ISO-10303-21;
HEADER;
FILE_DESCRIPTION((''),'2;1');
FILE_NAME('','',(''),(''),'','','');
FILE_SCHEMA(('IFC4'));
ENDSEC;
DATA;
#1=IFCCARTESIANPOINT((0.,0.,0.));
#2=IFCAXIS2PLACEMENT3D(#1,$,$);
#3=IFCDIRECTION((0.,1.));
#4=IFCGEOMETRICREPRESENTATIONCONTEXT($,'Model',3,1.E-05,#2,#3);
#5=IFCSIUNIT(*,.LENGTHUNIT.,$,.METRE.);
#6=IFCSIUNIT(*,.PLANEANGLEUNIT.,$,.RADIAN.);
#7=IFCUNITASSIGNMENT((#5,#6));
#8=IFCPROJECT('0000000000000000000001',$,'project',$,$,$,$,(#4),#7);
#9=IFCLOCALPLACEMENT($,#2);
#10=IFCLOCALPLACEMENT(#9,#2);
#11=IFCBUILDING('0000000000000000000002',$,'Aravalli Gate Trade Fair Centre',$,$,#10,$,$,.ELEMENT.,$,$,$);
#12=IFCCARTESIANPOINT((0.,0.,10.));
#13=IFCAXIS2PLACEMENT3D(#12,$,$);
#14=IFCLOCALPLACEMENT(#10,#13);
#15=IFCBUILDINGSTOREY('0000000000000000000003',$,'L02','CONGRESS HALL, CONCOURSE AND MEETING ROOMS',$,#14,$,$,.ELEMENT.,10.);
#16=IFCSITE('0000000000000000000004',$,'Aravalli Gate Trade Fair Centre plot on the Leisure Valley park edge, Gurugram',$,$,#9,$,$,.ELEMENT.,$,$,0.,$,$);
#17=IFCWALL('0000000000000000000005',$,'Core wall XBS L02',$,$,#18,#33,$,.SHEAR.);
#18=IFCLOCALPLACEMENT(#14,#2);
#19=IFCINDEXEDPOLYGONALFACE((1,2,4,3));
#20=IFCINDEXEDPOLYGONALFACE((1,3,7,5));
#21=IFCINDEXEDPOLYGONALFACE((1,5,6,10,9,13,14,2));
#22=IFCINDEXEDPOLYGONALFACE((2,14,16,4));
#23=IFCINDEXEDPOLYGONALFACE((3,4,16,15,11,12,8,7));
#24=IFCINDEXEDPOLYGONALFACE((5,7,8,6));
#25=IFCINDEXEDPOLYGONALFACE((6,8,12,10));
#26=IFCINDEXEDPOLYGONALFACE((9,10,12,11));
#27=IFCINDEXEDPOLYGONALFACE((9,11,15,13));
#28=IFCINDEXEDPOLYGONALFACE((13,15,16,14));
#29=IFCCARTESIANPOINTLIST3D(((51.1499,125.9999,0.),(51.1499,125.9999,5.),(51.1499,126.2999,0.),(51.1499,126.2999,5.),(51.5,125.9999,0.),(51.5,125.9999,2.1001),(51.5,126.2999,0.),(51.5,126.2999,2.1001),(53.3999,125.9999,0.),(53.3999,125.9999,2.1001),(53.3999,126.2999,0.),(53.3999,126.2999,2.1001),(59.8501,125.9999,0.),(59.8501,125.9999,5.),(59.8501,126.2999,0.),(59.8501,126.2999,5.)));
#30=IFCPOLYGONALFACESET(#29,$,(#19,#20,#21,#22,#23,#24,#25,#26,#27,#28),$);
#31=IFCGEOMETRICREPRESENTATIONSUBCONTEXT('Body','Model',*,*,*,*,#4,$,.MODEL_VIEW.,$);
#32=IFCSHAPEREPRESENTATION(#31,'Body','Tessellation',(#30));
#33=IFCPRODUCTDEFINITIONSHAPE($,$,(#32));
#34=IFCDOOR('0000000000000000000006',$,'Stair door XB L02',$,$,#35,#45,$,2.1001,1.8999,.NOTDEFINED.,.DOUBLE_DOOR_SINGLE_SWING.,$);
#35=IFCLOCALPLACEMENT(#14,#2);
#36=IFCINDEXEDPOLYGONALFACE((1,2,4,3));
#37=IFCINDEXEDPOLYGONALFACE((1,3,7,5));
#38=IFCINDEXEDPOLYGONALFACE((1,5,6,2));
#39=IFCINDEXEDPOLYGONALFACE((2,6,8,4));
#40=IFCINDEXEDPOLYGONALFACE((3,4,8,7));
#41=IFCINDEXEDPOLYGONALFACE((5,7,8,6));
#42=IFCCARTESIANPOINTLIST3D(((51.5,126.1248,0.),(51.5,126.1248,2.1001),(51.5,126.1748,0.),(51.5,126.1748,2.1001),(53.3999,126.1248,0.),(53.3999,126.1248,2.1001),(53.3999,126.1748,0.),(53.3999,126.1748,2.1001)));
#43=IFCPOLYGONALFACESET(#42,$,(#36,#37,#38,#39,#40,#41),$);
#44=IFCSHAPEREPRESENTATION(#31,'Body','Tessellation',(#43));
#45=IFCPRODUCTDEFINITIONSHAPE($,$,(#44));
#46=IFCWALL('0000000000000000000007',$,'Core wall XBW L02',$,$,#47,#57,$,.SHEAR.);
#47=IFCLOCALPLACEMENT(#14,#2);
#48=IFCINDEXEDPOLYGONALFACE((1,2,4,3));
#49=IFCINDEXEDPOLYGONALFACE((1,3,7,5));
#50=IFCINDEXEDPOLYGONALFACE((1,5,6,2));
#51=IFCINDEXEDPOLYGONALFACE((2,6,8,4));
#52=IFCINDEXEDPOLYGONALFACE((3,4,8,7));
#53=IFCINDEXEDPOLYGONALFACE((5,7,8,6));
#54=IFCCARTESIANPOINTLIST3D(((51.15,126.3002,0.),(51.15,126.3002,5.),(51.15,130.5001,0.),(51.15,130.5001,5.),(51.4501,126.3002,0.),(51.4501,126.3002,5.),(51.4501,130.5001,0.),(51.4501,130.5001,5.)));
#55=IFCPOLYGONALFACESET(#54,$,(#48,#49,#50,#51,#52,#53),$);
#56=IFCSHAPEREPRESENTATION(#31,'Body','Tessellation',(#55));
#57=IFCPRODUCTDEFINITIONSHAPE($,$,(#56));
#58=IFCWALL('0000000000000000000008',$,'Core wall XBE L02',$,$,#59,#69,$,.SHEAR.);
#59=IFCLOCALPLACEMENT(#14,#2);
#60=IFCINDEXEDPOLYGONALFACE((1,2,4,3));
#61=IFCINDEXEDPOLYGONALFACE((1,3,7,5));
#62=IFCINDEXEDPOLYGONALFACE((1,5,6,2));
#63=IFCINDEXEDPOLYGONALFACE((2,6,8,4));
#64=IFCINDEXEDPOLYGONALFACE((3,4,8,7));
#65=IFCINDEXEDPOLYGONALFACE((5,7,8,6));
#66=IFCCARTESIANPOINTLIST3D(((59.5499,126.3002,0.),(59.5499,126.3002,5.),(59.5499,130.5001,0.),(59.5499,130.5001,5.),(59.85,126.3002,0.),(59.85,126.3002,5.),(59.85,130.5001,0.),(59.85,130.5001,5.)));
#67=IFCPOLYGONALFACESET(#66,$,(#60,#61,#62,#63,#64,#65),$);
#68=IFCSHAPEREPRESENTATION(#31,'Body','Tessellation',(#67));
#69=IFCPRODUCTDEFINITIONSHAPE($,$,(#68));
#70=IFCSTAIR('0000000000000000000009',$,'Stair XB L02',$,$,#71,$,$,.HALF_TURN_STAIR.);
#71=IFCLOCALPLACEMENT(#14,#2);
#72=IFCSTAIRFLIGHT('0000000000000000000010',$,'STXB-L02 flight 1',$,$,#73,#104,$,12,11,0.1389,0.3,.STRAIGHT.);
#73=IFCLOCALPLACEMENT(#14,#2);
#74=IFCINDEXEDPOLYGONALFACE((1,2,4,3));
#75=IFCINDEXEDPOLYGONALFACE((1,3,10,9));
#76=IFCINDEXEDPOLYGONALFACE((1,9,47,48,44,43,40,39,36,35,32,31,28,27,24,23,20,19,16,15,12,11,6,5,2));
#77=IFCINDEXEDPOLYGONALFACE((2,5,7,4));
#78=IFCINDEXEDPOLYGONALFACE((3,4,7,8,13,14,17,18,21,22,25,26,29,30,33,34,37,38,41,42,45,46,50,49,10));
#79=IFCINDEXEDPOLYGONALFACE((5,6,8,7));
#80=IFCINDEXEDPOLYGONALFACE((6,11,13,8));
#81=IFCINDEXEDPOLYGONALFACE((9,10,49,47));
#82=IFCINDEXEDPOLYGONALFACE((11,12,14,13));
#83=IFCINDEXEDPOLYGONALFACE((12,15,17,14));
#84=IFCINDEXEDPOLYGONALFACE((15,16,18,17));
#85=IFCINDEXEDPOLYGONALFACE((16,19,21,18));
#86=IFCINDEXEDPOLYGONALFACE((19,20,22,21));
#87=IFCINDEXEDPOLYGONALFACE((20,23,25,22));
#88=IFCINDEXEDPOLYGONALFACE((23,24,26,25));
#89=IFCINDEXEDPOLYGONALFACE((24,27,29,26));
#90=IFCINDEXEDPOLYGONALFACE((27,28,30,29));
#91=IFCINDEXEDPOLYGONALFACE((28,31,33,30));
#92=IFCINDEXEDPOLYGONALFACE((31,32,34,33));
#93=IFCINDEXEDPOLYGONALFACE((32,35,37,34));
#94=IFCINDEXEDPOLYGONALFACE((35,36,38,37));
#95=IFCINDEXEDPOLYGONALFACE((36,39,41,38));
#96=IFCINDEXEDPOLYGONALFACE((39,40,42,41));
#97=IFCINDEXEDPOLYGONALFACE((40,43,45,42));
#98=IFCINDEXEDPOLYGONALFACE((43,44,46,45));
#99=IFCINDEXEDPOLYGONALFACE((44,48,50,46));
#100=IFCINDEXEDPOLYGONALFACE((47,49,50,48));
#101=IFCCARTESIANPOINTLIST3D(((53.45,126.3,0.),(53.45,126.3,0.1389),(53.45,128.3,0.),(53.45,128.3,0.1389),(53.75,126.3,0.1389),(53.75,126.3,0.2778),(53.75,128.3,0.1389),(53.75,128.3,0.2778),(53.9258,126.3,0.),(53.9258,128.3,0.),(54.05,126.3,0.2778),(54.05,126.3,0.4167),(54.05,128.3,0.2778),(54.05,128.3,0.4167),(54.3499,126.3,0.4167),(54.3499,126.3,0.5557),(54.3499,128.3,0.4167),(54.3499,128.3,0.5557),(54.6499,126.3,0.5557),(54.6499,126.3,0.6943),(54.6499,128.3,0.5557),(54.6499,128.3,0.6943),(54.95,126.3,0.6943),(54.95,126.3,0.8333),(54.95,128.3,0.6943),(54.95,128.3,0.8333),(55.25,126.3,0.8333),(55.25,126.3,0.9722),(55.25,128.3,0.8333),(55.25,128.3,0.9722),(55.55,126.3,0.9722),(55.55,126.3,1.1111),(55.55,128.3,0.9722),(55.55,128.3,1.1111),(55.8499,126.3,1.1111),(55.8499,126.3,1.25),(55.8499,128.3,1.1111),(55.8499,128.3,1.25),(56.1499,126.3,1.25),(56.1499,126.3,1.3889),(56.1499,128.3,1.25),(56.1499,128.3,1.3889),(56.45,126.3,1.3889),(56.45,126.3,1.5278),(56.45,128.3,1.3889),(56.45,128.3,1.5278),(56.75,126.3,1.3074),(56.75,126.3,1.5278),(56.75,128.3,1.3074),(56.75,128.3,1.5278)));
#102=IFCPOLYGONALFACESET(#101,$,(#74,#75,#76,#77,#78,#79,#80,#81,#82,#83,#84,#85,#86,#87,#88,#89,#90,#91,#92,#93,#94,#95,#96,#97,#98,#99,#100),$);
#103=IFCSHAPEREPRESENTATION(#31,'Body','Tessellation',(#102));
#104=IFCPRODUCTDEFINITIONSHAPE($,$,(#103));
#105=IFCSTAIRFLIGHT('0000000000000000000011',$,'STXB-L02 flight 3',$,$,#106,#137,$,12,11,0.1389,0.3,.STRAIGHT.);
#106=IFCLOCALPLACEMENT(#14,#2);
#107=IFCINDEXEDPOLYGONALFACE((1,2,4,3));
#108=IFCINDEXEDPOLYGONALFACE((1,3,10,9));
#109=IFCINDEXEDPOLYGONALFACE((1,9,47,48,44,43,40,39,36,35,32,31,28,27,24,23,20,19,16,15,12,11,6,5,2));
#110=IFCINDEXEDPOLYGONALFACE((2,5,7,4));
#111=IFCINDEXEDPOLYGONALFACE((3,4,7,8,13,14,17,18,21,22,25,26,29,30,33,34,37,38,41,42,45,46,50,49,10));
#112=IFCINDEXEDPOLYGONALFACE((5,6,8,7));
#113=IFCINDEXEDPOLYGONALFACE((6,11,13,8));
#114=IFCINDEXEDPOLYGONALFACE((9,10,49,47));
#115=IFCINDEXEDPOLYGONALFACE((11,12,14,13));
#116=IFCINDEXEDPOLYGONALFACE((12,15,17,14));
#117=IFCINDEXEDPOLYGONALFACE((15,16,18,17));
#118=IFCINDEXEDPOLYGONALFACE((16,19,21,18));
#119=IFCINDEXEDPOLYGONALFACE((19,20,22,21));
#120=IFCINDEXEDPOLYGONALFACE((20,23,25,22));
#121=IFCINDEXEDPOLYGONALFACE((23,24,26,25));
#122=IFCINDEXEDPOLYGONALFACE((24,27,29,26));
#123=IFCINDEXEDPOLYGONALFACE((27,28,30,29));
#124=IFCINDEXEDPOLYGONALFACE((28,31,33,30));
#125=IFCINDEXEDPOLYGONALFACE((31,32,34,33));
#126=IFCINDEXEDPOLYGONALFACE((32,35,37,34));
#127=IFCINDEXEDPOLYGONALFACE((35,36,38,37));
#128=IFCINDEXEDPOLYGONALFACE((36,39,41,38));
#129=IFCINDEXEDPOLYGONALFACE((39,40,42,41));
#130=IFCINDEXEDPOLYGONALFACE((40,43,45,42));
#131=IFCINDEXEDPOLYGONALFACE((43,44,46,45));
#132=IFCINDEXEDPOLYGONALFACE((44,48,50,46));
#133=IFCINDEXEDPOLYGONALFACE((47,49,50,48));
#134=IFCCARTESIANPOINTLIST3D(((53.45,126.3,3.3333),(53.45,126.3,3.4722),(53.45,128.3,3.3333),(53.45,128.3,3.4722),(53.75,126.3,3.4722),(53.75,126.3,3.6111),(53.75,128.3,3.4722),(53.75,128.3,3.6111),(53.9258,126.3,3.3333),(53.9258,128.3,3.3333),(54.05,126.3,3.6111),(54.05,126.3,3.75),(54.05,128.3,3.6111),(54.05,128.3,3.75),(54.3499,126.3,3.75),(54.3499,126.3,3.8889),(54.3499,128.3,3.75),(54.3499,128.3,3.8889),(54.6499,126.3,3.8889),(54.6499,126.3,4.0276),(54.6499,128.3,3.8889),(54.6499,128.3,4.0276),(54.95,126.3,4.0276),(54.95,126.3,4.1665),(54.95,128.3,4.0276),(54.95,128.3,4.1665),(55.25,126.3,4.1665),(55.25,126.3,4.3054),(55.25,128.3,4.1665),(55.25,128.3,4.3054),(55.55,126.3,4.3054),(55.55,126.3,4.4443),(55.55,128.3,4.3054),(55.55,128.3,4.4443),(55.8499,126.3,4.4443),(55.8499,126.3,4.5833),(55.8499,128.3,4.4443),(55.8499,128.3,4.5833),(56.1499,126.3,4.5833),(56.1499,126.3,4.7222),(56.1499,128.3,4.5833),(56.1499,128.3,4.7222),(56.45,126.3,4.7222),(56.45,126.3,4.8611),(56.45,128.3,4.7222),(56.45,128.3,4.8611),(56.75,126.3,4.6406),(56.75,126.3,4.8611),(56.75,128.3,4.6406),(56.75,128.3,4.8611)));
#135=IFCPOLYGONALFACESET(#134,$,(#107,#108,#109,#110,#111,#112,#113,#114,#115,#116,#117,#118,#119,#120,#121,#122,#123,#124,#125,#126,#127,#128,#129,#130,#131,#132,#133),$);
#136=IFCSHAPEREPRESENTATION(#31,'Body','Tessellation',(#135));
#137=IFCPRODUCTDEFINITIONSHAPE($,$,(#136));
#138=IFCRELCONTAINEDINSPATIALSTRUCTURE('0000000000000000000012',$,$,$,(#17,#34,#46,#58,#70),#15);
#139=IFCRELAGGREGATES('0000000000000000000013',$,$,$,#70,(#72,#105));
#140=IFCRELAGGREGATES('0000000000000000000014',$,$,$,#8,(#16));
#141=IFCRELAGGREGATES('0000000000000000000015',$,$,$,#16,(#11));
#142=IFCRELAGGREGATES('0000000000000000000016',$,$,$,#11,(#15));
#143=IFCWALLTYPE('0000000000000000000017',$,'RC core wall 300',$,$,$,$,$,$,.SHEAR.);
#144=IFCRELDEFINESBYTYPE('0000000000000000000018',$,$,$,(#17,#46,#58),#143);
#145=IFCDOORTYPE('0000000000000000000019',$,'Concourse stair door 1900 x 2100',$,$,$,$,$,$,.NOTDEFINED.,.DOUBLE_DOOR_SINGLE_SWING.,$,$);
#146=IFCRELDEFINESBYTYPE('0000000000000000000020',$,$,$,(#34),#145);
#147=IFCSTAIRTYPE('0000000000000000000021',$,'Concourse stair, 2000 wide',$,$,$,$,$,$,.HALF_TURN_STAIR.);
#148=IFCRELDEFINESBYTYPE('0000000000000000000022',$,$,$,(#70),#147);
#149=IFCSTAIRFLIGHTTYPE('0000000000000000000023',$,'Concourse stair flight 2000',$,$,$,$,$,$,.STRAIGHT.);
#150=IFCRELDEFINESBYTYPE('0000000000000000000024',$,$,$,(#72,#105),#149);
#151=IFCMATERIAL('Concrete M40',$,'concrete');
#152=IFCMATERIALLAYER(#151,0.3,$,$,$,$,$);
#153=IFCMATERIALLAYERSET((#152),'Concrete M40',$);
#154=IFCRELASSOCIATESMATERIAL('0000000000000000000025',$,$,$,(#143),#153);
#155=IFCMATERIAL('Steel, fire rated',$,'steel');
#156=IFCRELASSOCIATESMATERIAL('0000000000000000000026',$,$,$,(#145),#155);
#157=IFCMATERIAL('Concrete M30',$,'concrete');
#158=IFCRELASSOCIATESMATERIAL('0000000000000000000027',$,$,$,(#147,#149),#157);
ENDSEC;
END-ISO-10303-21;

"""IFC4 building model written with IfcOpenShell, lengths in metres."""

from ifc_helpers import new_model, si_unit, direction, frame, frame_2d, origin, place, context, subcontext, project, spatial, polyline, rectangle, outline, extrude, material, layer, layer_set, type_object, element, fill, aggregate, save


model = new_model("IFC4")

# Units and contexts
model_context = context("Model", 3, precision=1e-05, world=origin(), true_north=direction((0.0, 1.0)))
body_context = subcontext(model_context, "Body", "Model", "MODEL_VIEW")
ifc_project = project(units=[si_unit("LENGTHUNIT", "METRE"), si_unit("PLANEANGLEUNIT", "RADIAN")], contexts=[model_context])

# Site, building, storey
site_placement = place(None, origin())
site = spatial("IfcSite", under=ifc_project, at=site_placement, Name="Aravalli Gate Trade Fair Centre plot on the Leisure Valley park edge, Gurugram", CompositionType="ELEMENT", RefElevation=0.0)
building_placement = place(site_placement, origin())
building = spatial("IfcBuilding", under=site, at=building_placement, Name="Aravalli Gate Trade Fair Centre", CompositionType="ELEMENT")
storey_placement = place(building_placement, frame((0.0, 0.0, 10.0)))
storey = spatial("IfcBuildingStorey", under=building, at=storey_placement, Name="L02", Description="CONGRESS HALL, CONCOURSE AND MEETING ROOMS", CompositionType="ELEMENT", Elevation=10.0)

# Shared definitions
ifc_material_1 = material(Name="Steel, fire rated", Category="steel")

# Wall, opening, door
ifc_material_2 = material(Name="Concrete M40", Category="concrete")
ifc_layer_1 = layer(ifc_material_2, 0.3)
ifc_layer_set_1 = layer_set([ifc_layer_1], Name="Concrete M40")
wall_type_1 = type_object("IfcWallType", Name="RC core wall 300", PredefinedType="SHEAR", material=ifc_layer_set_1)
wall_1_placement = place(storey_placement, frame((51.1499, 126.1499, 0.0), z_axis=(0.0, 0.0, 1.0), x_axis=(1.0, 0.0, 0.0)))
wall_1 = element("IfcWall", 1, at=wall_1_placement, inside=storey, type_object=wall_type_1, Name="Core wall XBS L02", PredefinedType="SHEAR", context=body_context, shape_type="SweptSolid", body=[
    extrude(rectangle(XDim=8.7002, YDim=0.3, at=frame_2d((4.3501, 0.0))), origin(), (0.0, 0.0, 1.0), 5.0),
])
opening_1_placement = place(wall_1_placement, frame((0.3501, 0.0, 0.0)))
opening_1 = element("IfcOpeningElement", 2, at=opening_1_placement, cuts=wall_1, PredefinedType="OPENING", context=body_context, shape_type="SweptSolid", body=[
    extrude(rectangle(XDim=1.8999, YDim=2.1001, at=frame_2d((0.95, 1.05))), frame((0.0, 0.1599, 0.0), z_axis=(0.0, -1.0, 0.0), x_axis=(1.0, 0.0, 0.0)), (0.0, 0.0, 1.0), 0.3201),
])
door_type_1 = type_object("IfcDoorType", Name="Concourse stair door 1900 x 2100", OperationType="DOUBLE_DOOR_SINGLE_SWING", PredefinedType="NOTDEFINED", material=ifc_material_1)
door_1_placement = place(opening_1_placement, origin())
door_1 = element("IfcDoor", 3, at=door_1_placement, inside=storey, type_object=door_type_1, Name="Stair door XB L02", OperationType="DOUBLE_DOOR_SINGLE_SWING", OverallHeight=2.1001, OverallWidth=1.8999, PredefinedType="NOTDEFINED", context=body_context, shape_type="SweptSolid", body=[
    extrude(rectangle(XDim=1.8999, YDim=2.1001, at=frame_2d((0.95, 1.05))), frame((0.0, 0.0249, 0.0), z_axis=(0.0, -1.0, 0.0), x_axis=(1.0, 0.0, 0.0)), (0.0, 0.0, 1.0), 0.05),
])
fill(opening_1, door_1)

# Walls
for number, where, z_axis, x_axis, name in (
    (4, (51.3, 126.3, 0.0), (0.0, 0.0, 1.0), (0.0, 1.0, 0.0), "Core wall XBW L02"),
    (5, (59.7, 126.3, 0.0), (0.0, 0.0, 1.0), (0.0, 1.0, 0.0), "Core wall XBE L02"),
):
    element("IfcWall", number, at=place(storey_placement, frame(where, z_axis=z_axis, x_axis=x_axis)), inside=storey, type_object=wall_type_1, Name=name, PredefinedType="SHEAR", context=body_context, shape_type="SweptSolid", body=[
        extrude(rectangle(XDim=4.2, YDim=0.3, at=frame_2d((2.1001, 0.0))), origin(), (0.0, 0.0, 1.0), 5.0),
    ])

# Stair, stair flights
ifc_material_3 = material(Name="Concrete M30", Category="concrete")
stair_type = type_object("IfcStairType", Name="Concourse stair, 2000 wide", PredefinedType="HALF_TURN_STAIR", material=ifc_material_3)
stair_placement = place(storey_placement, origin())
stair = element("IfcStair", 6, at=stair_placement, inside=storey, type_object=stair_type, Name="Stair XB L02", PredefinedType="HALF_TURN_STAIR")
stair_flight_type = type_object("IfcStairFlightType", Name="Concourse stair flight 2000", PredefinedType="STRAIGHT", material=ifc_material_3)
stair_flight_1_placement = place(storey_placement, frame((53.45, 127.3, 0.0), z_axis=(0.0, 0.0, 1.0), x_axis=(1.0, 0.0, 0.0)))
stair_flight_1 = element("IfcStairFlight", 7, at=stair_flight_1_placement, type_object=stair_flight_type, Name="STXB-L02 flight 1", NumberOfRisers=12, NumberOfTreads=11, PredefinedType="STRAIGHT", RiserHeight=0.1389, TreadLength=0.3, context=body_context, shape_type="SweptSolid", body=[
    extrude(outline(polyline([(0.0, 0.0), (0.0, 0.1389), (0.3, 0.1389), (0.3, 0.2778), (0.6001, 0.2778), (0.6001, 0.4167), (0.8999, 0.4167), (0.8999, 0.5557), (1.2, 0.5557), (1.2, 0.6943), (1.5, 0.6943), (1.5, 0.8333), (1.8, 0.8333), (1.8, 0.9722), (2.1001, 0.9722), (2.1001, 1.1111), (2.3999, 1.1111), (2.3999, 1.25), (2.7, 1.25), (2.7, 1.3889), (3.0, 1.3889), (3.0, 1.5278), (3.3, 1.5278), (3.3, 1.6667), (3.3, 1.3074), (0.4758, 0.0), (0.0, 0.0)])), frame((0.0, 1.0, 0.0), z_axis=(0.0, -1.0, 0.0), x_axis=(1.0, 0.0, 0.0)), (0.0, 0.0, 1.0), 2.0),
])
stair_flight_2_placement = place(storey_placement, frame((53.45, 127.3, 3.3333), z_axis=(0.0, 0.0, 1.0), x_axis=(1.0, 0.0, 0.0)))
stair_flight_2 = element("IfcStairFlight", 8, at=stair_flight_2_placement, type_object=stair_flight_type, Name="STXB-L02 flight 3", NumberOfRisers=12, NumberOfTreads=11, PredefinedType="STRAIGHT", RiserHeight=0.1389, TreadLength=0.3, context=body_context, shape_type="SweptSolid", body=[
    extrude(outline(polyline([(0.0, 0.0), (0.0, 0.1389), (0.3, 0.1389), (0.3, 0.2778), (0.6001, 0.2778), (0.6001, 0.4167), (0.8999, 0.4167), (0.8999, 0.5557), (1.2, 0.5557), (1.2, 0.6943), (1.5, 0.6943), (1.5, 0.8333), (1.8, 0.8333), (1.8, 0.9722), (2.1001, 0.9722), (2.1001, 1.1111), (2.3999, 1.1111), (2.3999, 1.25), (2.7, 1.25), (2.7, 1.3889), (3.0, 1.3889), (3.0, 1.5278), (3.3, 1.5278), (3.3, 1.6667), (3.3, 1.3074), (0.4758, 0.0), (0.0, 0.0)])), frame((0.0, 1.0, 0.0), z_axis=(0.0, -1.0, 0.0), x_axis=(1.0, 0.0, 0.0)), (0.0, 0.0, 1.0), 2.0),
])
aggregate(stair, [stair_flight_1, stair_flight_2])

save(model, "model.ifc")
